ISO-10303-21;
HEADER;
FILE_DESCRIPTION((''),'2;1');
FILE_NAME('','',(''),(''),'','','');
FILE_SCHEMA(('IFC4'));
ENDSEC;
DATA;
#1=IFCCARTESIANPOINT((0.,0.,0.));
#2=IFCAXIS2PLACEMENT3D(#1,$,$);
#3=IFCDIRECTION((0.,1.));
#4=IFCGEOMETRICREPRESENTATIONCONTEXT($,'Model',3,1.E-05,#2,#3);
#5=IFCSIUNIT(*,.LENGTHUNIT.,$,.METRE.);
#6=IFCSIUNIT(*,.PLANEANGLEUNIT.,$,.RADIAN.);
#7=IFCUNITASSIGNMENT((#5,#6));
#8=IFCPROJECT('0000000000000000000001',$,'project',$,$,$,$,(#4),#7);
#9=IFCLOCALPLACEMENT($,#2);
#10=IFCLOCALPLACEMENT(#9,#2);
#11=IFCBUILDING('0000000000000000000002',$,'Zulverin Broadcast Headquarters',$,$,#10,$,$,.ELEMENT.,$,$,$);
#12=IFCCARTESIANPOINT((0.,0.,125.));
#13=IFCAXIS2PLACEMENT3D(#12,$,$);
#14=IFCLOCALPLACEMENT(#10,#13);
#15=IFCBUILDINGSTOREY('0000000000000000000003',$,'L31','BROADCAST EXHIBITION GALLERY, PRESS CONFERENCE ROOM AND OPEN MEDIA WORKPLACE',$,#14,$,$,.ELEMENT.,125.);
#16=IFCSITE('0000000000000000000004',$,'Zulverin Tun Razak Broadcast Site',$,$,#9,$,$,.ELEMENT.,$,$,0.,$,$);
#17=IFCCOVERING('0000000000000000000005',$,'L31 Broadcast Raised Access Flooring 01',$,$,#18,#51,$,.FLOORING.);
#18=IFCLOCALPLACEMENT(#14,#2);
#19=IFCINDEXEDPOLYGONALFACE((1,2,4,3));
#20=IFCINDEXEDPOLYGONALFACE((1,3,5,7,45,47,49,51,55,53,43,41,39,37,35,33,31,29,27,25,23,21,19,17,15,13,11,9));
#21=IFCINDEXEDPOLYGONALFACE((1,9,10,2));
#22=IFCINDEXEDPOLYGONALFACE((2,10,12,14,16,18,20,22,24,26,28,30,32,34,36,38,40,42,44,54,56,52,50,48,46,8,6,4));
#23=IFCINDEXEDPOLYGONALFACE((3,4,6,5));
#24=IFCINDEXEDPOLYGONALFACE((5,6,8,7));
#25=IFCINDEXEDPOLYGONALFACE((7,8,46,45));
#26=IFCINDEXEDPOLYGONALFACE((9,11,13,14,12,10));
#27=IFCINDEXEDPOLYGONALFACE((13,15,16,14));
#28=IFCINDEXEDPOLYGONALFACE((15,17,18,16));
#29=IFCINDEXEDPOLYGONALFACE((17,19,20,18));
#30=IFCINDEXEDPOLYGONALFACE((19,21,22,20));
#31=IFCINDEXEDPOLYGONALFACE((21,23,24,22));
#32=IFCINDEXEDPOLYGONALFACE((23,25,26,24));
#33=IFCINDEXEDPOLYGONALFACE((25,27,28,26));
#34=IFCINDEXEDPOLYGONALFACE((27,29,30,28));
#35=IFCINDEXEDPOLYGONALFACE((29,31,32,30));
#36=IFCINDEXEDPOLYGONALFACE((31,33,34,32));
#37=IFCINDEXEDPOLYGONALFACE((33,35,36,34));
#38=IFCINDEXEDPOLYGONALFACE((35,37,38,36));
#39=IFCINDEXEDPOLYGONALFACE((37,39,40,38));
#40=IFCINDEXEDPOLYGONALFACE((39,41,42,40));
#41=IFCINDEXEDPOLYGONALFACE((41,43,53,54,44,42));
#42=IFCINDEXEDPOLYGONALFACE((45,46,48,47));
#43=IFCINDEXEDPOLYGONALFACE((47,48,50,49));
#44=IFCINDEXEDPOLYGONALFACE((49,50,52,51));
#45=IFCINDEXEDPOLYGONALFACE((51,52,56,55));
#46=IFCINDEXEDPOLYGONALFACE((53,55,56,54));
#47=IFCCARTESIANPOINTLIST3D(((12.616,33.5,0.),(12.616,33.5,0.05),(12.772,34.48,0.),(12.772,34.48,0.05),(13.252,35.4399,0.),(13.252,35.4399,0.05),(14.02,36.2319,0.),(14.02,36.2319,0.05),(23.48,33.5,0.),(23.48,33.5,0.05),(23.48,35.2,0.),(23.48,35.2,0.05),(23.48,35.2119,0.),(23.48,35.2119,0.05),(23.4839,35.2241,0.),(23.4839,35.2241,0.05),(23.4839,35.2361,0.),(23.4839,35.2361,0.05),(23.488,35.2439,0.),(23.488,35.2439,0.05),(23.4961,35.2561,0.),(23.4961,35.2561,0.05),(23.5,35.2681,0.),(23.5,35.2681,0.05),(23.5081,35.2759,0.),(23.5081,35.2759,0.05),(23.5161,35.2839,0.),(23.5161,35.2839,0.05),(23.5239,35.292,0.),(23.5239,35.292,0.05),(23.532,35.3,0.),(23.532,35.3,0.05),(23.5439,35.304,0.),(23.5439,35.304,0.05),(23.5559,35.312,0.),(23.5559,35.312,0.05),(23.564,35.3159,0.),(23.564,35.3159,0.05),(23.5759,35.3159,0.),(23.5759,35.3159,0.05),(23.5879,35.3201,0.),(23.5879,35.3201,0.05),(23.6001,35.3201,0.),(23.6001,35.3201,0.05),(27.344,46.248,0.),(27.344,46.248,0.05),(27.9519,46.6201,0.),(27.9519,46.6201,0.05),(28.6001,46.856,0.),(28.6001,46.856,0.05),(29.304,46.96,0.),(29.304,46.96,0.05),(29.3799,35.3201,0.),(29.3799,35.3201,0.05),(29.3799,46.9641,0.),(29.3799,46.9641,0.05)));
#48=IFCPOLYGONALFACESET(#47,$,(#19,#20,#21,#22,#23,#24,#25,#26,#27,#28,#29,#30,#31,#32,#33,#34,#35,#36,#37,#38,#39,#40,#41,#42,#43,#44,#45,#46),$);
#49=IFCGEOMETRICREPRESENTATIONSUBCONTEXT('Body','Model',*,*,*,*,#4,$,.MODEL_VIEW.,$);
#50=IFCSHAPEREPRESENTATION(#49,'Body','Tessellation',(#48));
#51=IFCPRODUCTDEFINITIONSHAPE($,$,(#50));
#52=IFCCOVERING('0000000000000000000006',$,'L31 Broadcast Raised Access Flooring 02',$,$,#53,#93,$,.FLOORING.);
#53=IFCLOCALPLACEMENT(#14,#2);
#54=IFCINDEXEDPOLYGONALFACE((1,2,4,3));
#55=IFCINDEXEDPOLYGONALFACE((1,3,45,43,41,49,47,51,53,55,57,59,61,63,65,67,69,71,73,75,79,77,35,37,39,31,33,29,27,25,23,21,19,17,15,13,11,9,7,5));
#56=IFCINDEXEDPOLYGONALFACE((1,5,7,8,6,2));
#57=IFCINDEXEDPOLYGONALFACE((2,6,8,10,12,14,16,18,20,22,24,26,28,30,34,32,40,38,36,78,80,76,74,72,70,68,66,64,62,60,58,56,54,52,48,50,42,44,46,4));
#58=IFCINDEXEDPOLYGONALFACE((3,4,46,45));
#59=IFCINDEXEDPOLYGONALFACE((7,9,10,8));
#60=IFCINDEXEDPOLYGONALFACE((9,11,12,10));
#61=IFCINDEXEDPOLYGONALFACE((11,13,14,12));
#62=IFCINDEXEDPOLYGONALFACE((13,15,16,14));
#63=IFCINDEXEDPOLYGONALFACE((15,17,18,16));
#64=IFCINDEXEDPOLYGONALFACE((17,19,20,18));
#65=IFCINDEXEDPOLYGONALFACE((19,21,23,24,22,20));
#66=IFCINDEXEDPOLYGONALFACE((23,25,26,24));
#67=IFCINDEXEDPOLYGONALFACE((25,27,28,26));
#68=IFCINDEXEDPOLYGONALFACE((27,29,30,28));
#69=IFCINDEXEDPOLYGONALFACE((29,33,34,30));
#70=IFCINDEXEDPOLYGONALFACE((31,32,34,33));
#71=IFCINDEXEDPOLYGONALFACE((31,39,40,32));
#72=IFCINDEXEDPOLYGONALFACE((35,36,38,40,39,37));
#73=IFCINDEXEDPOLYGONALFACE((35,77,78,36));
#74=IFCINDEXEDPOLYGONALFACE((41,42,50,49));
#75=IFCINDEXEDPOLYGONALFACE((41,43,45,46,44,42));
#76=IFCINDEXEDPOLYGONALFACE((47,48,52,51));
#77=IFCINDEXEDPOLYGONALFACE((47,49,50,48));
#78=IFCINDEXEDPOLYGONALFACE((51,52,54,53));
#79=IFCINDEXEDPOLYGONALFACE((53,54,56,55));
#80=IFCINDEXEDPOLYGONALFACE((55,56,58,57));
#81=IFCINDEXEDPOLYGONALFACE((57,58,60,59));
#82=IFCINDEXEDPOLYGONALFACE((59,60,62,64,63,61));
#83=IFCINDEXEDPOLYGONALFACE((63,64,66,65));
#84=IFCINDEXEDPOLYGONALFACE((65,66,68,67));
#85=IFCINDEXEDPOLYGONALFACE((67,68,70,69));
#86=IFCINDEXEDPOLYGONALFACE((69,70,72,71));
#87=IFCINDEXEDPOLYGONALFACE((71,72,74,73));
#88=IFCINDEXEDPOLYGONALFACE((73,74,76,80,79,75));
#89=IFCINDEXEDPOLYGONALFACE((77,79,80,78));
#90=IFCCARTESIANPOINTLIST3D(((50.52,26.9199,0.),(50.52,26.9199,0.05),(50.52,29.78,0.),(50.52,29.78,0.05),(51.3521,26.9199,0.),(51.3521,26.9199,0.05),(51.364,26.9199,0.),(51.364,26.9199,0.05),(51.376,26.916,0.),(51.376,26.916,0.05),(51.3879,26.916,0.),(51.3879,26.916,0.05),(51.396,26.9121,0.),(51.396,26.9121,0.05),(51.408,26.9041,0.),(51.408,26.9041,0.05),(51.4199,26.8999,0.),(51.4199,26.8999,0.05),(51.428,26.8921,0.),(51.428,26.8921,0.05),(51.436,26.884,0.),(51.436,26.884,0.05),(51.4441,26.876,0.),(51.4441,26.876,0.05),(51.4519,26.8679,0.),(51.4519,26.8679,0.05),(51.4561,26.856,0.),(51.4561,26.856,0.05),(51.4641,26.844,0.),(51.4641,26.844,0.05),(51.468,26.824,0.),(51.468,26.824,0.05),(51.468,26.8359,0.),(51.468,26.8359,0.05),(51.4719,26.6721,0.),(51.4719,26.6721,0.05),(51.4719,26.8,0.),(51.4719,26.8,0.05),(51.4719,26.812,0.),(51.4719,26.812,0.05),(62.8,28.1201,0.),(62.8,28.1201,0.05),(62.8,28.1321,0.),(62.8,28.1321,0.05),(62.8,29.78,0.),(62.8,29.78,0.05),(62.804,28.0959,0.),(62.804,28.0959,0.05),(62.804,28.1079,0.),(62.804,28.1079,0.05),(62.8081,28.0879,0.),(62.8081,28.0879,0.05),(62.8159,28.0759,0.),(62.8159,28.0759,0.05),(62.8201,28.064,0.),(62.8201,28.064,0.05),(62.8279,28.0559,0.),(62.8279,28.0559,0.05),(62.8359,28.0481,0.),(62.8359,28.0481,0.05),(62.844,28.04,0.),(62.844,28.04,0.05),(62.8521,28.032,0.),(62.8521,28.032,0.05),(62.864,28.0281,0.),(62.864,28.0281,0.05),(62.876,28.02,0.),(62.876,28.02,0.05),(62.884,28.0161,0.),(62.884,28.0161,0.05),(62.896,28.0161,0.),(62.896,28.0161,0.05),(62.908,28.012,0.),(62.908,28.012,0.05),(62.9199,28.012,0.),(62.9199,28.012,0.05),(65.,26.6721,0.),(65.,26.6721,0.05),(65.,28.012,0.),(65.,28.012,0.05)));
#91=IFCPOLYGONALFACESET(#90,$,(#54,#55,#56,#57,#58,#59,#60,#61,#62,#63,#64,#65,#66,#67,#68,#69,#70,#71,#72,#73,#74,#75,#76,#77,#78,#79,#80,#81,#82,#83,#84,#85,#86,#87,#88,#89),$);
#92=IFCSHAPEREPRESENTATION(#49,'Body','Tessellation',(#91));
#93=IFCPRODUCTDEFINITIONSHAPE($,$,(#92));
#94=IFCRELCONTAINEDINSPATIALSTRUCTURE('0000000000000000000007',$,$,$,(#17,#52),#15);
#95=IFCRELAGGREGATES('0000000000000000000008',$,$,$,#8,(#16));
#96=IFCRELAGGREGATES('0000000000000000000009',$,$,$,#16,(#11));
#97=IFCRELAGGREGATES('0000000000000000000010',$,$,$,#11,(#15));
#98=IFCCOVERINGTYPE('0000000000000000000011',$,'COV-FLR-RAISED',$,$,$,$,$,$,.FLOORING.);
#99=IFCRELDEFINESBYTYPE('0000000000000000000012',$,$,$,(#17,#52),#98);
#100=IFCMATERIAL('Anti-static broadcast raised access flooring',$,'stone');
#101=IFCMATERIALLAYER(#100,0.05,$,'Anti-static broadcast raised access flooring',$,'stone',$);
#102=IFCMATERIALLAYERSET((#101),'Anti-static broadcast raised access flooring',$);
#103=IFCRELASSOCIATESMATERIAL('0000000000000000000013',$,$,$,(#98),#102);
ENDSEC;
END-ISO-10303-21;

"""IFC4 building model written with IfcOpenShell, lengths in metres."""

from ifc_helpers import new_model, si_unit, direction, frame, origin, place, context, subcontext, project, spatial, polyline, outline, extrude, material, layer, layer_set, type_object, element, save


model = new_model("IFC4")

# Units and contexts
model_context = context("Model", 3, precision=1e-05, world=origin(), true_north=direction((0.0, 1.0)))
body_context = subcontext(model_context, "Body", "Model", "MODEL_VIEW")
ifc_project = project(units=[si_unit("LENGTHUNIT", "METRE"), si_unit("PLANEANGLEUNIT", "RADIAN")], contexts=[model_context])

# Site, building, storey
site_placement = place(None, origin())
site = spatial("IfcSite", under=ifc_project, at=site_placement, Name="Zulverin Tun Razak Broadcast Site", CompositionType="ELEMENT", RefElevation=0.0)
building_placement = place(site_placement, origin())
building = spatial("IfcBuilding", under=site, at=building_placement, Name="Zulverin Broadcast Headquarters", CompositionType="ELEMENT")
storey_placement = place(building_placement, frame((0.0, 0.0, 125.0)))
storey = spatial("IfcBuildingStorey", under=building, at=storey_placement, Name="L31", Description="BROADCAST EXHIBITION GALLERY, PRESS CONFERENCE ROOM AND OPEN MEDIA WORKPLACE", CompositionType="ELEMENT", Elevation=125.0)

# Coverings
ifc_material_1 = material(Name="Anti-static broadcast raised access flooring", Category="stone")
ifc_layer_1 = layer(ifc_material_1, 0.05, Name="Anti-static broadcast raised access flooring", Category="stone")
ifc_layer_set_1 = layer_set([ifc_layer_1], Name="Anti-static broadcast raised access flooring")
covering_type_1 = type_object("IfcCoveringType", Name="COV-FLR-RAISED", PredefinedType="FLOORING", material=ifc_layer_set_1)
covering_1_placement = place(storey_placement, origin())
element("IfcCovering", 1, at=covering_1_placement, inside=storey, type_object=covering_type_1, Name="L31 Broadcast Raised Access Flooring 01", PredefinedType="FLOORING", context=body_context, shape_type="SweptSolid", body=[
    extrude(outline(polyline([(14.02, 36.2319), (13.252, 35.4399), (12.772, 34.48), (12.616, 33.5), (23.48, 33.5), (23.48, 35.2), (23.48, 35.2119), (23.4839, 35.2241), (23.4839, 35.2361), (23.488, 35.2439), (23.4961, 35.2561), (23.5, 35.2681), (23.5081, 35.2759), (23.5161, 35.2839), (23.5239, 35.292), (23.532, 35.3), (23.5439, 35.304), (23.5559, 35.312), (23.564, 35.3159), (23.5759, 35.3159), (23.5879, 35.3201), (23.6001, 35.3201), (29.3799, 35.3201), (29.3799, 46.9641), (29.304, 46.96), (28.6001, 46.856), (27.9519, 46.6201), (27.344, 46.248), (14.02, 36.2319)])), origin(), (0.0, 0.0, 1.0), 0.05),
])
covering_2_placement = place(storey_placement, origin())
element("IfcCovering", 2, at=covering_2_placement, inside=storey, type_object=covering_type_1, Name="L31 Broadcast Raised Access Flooring 02", PredefinedType="FLOORING", context=body_context, shape_type="SweptSolid", body=[
    extrude(outline(polyline([(51.4719, 26.812), (51.4719, 26.8), (51.4719, 26.6721), (65.0, 26.6721), (65.0, 28.012), (62.9199, 28.012), (62.908, 28.012), (62.896, 28.0161), (62.884, 28.0161), (62.876, 28.02), (62.864, 28.0281), (62.8521, 28.032), (62.844, 28.04), (62.8359, 28.0481), (62.8279, 28.0559), (62.8201, 28.064), (62.8159, 28.0759), (62.8081, 28.0879), (62.804, 28.0959), (62.804, 28.1079), (62.8, 28.1201), (62.8, 28.1321), (62.8, 29.78), (50.52, 29.78), (50.52, 26.9199), (51.3521, 26.9199), (51.364, 26.9199), (51.376, 26.916), (51.3879, 26.916), (51.396, 26.9121), (51.408, 26.9041), (51.4199, 26.8999), (51.428, 26.8921), (51.436, 26.884), (51.4441, 26.876), (51.4519, 26.8679), (51.4561, 26.856), (51.4641, 26.844), (51.468, 26.8359), (51.468, 26.824), (51.4719, 26.812)])), origin(), (0.0, 0.0, 1.0), 0.05),
])

save(model, "model.ifc")
